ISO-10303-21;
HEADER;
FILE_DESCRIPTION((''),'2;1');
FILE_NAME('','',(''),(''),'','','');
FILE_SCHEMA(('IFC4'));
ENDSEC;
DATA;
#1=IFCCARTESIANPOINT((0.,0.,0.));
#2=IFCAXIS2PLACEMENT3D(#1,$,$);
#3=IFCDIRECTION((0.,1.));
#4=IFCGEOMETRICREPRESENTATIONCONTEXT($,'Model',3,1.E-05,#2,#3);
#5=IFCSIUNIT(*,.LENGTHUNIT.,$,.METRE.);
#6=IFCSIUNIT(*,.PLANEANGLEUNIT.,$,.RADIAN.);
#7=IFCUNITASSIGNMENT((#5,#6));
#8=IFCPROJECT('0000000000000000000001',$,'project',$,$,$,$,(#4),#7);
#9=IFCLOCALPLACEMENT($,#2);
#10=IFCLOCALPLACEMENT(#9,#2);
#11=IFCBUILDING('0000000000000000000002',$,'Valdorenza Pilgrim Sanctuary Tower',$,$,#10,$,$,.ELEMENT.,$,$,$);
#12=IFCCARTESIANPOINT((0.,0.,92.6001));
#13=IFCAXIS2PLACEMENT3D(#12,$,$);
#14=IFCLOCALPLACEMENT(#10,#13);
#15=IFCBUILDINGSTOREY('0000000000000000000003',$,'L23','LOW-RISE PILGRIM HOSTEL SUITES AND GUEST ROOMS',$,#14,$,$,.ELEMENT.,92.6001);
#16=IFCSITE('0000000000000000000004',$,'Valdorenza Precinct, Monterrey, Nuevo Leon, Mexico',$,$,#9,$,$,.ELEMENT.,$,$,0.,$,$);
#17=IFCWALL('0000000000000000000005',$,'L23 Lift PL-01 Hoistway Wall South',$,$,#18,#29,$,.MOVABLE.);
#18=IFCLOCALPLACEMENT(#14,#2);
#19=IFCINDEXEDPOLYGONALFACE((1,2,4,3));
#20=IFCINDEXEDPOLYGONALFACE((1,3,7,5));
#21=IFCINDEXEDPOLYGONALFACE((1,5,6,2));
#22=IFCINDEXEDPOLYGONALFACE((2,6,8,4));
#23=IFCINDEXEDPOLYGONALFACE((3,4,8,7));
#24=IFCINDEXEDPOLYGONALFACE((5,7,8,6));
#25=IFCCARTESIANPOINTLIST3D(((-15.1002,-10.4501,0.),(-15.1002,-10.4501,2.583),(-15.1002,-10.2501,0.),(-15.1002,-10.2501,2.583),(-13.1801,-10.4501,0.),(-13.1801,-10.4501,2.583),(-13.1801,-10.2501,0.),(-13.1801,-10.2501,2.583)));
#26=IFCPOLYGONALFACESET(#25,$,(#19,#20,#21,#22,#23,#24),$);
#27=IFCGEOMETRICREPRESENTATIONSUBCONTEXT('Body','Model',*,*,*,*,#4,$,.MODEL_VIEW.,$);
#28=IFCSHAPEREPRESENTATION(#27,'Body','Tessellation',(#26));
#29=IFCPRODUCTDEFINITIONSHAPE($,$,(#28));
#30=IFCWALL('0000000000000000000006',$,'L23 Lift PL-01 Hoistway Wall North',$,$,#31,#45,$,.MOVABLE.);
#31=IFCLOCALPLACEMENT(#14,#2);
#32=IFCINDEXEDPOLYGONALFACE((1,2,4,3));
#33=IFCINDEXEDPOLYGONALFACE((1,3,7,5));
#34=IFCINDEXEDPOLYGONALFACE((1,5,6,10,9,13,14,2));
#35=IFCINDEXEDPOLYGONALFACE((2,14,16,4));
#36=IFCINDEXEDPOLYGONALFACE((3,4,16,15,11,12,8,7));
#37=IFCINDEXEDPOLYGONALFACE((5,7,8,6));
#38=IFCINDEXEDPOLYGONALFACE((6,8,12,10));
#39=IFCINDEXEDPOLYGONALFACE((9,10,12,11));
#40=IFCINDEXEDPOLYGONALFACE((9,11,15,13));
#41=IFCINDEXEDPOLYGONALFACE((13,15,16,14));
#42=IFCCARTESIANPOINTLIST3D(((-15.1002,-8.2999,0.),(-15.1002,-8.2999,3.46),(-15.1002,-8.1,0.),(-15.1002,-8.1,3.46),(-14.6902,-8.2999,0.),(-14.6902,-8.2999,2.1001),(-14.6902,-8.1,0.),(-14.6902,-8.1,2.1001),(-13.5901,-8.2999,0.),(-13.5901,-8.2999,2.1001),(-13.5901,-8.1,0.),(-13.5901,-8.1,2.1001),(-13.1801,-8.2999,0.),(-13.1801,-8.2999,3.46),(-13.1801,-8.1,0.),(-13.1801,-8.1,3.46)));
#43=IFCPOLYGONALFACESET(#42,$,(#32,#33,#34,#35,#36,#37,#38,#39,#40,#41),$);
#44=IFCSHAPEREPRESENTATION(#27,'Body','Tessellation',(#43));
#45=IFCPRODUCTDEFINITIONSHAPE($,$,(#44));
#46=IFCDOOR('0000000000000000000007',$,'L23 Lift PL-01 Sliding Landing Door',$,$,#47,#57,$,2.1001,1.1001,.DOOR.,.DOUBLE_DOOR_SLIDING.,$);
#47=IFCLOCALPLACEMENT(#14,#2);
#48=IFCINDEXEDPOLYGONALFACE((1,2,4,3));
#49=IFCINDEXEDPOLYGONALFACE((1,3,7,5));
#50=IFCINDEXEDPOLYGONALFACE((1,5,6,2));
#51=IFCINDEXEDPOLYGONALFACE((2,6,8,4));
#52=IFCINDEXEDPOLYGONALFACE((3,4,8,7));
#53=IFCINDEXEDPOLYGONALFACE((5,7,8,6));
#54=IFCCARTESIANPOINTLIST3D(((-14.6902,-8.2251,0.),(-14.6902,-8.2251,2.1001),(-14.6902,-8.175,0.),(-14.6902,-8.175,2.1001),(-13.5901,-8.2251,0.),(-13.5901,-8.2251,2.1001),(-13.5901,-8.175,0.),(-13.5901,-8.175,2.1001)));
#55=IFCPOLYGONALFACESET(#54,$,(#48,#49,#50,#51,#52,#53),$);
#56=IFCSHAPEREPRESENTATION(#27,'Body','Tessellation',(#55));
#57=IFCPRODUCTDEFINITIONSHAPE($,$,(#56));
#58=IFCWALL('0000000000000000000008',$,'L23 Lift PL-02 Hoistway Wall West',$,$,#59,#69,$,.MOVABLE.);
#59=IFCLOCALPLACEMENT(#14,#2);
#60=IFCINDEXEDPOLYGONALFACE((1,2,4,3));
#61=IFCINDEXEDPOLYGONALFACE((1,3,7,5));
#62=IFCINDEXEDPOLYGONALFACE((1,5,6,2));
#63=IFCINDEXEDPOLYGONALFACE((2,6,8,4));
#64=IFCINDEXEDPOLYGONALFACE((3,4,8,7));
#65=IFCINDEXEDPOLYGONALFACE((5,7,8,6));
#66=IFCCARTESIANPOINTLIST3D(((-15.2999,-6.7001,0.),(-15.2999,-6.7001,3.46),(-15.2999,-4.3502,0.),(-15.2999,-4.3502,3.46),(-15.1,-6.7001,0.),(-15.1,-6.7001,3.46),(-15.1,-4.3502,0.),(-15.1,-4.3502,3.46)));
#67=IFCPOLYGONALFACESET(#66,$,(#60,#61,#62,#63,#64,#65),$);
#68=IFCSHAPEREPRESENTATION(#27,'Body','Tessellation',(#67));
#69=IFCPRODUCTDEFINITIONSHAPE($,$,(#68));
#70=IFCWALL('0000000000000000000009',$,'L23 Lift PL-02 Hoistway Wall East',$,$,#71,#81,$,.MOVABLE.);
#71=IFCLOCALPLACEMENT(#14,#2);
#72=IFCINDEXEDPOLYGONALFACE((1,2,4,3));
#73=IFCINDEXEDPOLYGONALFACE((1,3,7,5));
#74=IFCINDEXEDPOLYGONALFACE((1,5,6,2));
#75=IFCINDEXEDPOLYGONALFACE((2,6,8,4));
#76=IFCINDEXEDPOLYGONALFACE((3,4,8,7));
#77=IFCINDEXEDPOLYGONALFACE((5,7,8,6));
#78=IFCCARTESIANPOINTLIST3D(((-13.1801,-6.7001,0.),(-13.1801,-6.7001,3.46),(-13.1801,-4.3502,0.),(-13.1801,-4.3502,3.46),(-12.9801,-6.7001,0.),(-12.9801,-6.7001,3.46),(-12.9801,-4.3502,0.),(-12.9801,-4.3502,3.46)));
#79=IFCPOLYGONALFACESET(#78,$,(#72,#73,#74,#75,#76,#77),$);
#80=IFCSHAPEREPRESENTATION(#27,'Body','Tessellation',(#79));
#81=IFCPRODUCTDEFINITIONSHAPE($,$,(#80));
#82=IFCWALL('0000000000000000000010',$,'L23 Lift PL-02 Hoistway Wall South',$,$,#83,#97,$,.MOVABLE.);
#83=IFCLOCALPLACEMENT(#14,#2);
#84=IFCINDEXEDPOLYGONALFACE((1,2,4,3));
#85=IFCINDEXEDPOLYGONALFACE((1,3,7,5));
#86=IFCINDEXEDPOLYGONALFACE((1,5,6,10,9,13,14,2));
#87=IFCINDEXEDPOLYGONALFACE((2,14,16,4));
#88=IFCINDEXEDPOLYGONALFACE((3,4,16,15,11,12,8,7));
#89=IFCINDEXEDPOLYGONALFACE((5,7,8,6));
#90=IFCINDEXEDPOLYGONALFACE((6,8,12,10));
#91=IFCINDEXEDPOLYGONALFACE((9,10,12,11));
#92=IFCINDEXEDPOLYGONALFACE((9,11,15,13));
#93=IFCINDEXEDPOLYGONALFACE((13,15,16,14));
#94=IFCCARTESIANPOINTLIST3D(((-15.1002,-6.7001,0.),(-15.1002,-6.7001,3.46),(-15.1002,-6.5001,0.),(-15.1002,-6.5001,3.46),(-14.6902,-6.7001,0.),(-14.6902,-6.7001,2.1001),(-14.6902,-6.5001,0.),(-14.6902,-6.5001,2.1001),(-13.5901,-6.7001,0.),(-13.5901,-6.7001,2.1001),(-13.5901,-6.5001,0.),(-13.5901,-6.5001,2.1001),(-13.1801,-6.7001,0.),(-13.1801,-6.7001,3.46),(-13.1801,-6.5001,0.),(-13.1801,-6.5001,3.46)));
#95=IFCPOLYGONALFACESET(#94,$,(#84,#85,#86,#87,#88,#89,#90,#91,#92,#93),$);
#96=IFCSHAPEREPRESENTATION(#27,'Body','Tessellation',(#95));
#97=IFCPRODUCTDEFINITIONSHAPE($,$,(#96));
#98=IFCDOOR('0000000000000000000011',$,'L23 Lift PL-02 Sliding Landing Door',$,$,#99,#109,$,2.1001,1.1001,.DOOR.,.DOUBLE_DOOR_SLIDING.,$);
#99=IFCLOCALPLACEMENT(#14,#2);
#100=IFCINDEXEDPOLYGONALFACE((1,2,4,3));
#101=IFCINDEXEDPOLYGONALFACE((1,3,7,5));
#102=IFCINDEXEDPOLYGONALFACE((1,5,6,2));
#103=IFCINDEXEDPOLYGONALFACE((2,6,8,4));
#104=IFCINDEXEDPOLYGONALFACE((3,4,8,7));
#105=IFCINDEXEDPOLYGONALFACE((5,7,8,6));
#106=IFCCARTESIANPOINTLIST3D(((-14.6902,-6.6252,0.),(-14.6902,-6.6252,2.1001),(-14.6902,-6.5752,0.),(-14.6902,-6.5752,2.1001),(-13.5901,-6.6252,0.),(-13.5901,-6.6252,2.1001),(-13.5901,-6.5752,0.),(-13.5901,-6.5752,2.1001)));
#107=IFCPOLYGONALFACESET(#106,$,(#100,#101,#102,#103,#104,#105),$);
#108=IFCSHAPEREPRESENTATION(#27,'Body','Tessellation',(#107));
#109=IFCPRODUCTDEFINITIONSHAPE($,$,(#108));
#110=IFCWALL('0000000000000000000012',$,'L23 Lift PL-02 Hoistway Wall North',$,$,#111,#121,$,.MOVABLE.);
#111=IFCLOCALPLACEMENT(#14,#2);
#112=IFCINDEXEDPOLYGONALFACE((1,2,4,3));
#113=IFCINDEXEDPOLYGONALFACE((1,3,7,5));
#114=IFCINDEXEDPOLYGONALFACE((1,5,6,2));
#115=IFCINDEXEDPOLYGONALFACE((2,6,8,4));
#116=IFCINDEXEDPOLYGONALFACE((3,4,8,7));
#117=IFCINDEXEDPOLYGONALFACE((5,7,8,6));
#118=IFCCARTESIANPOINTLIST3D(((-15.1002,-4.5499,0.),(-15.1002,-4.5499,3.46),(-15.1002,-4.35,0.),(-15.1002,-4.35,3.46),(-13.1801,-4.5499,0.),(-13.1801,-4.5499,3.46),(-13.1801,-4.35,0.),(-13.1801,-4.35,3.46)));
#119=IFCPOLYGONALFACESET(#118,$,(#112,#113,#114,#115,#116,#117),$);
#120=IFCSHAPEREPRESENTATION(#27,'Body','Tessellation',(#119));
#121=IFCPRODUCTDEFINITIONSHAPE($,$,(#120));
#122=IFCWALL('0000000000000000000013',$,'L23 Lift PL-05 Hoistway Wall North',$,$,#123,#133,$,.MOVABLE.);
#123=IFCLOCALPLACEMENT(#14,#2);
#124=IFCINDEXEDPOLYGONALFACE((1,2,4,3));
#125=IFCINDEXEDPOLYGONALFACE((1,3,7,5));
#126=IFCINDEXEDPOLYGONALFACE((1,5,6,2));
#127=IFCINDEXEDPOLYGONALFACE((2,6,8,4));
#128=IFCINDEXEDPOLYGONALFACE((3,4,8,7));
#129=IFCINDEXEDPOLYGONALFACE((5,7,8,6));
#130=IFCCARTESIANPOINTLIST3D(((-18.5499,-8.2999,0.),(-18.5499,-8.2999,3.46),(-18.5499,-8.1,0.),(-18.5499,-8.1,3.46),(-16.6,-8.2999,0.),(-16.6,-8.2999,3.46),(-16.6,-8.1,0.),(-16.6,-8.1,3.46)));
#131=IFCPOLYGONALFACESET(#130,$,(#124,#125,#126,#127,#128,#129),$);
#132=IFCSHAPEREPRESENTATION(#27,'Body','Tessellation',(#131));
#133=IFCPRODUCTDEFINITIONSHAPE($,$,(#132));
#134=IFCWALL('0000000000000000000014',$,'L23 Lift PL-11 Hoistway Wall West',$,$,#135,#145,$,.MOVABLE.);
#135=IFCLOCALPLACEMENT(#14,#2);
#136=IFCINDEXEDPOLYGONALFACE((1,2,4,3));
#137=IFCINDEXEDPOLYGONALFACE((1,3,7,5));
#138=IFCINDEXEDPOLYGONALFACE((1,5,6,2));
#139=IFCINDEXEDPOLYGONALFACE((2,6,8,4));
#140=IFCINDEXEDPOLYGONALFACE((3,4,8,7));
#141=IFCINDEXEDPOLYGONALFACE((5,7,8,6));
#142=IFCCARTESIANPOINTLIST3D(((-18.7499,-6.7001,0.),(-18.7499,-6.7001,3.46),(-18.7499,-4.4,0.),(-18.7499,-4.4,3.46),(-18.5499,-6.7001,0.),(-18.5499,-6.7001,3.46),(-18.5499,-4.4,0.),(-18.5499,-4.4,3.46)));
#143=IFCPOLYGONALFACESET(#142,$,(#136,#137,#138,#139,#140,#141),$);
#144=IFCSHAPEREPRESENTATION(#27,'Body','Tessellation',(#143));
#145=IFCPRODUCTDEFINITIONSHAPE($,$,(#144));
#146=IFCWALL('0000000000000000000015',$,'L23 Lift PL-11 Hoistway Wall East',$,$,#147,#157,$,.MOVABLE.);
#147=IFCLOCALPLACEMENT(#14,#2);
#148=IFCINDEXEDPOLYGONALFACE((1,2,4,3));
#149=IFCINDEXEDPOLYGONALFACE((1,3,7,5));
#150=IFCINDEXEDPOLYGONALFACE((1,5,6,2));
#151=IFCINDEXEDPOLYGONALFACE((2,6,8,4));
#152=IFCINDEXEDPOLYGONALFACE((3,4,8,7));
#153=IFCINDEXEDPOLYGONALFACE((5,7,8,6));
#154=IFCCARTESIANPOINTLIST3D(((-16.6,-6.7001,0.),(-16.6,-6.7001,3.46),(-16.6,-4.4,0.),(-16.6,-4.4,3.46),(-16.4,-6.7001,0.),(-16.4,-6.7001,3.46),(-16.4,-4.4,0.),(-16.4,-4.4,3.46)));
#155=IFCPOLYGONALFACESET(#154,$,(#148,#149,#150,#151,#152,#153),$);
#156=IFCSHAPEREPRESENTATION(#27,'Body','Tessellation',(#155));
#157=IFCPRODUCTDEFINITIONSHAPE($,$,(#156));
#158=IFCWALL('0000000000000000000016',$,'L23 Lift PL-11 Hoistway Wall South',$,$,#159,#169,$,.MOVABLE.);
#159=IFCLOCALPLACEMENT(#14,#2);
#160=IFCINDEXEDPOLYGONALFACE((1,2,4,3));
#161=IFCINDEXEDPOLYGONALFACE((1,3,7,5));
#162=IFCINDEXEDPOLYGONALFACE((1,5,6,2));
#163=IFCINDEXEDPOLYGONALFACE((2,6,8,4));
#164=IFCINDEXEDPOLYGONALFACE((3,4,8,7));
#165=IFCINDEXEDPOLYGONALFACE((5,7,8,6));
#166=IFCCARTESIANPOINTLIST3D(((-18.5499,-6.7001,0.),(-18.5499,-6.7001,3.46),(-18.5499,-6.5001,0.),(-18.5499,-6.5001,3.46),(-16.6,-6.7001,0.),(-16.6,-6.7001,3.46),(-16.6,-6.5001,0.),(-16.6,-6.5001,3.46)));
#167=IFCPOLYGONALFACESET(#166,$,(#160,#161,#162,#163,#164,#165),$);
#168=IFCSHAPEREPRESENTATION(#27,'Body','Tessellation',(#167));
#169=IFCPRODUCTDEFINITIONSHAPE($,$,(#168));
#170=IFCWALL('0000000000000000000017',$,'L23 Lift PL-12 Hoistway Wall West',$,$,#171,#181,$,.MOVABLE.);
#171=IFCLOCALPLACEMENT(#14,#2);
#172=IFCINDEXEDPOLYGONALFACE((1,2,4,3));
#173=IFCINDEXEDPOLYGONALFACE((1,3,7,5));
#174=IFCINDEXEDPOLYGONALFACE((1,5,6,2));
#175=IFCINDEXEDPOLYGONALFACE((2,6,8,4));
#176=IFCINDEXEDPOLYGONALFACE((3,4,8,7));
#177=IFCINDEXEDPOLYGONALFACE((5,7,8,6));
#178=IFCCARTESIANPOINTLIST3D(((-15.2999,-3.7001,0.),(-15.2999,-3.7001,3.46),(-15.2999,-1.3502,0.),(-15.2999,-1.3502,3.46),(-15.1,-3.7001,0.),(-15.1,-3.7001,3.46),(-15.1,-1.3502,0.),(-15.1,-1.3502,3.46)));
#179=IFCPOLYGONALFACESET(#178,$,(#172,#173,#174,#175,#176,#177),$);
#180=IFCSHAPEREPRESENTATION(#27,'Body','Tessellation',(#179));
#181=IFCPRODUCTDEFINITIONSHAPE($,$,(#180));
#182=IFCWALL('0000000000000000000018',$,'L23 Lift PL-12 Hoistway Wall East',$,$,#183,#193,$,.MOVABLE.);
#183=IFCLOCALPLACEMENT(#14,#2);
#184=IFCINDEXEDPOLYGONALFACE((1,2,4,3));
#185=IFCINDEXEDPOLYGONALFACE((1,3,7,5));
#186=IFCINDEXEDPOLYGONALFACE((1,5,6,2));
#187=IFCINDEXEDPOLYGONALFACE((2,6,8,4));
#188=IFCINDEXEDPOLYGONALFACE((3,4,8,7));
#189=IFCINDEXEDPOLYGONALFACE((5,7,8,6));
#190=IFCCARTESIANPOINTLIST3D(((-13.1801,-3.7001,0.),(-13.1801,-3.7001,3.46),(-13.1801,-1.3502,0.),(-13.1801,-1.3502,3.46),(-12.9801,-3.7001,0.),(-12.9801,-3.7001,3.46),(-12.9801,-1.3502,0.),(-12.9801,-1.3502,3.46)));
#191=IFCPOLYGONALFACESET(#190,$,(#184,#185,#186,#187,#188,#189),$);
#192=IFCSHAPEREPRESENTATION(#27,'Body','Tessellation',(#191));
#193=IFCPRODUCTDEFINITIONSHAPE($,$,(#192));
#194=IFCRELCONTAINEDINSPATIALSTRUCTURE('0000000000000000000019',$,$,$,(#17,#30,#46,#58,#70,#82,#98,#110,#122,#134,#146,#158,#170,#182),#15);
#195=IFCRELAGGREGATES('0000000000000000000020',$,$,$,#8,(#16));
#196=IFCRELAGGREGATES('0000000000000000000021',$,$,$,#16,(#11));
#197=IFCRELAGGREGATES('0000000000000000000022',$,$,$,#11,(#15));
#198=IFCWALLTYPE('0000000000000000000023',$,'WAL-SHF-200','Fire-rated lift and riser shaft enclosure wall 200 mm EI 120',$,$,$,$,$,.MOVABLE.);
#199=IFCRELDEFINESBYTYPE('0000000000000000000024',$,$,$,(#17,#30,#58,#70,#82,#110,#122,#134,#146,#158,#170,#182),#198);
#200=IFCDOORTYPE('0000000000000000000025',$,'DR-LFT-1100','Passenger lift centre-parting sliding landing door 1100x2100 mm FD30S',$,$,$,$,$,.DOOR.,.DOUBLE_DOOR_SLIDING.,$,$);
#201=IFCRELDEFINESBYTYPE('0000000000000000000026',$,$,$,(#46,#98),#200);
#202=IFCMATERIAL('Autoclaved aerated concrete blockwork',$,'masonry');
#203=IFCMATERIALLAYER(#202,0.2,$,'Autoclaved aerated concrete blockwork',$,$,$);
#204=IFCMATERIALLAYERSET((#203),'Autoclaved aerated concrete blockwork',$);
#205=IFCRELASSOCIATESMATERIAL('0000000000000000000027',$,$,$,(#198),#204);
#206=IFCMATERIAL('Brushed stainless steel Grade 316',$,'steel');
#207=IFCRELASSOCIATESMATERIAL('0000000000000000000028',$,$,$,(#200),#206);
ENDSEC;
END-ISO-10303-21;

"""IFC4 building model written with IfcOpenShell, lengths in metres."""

from ifc_helpers import new_model, si_unit, direction, frame, frame_2d, origin, place, context, subcontext, project, spatial, rectangle, extrude, material, layer, layer_set, type_object, element, fill, save


model = new_model("IFC4")

# Units and contexts
model_context = context("Model", 3, precision=1e-05, world=origin(), true_north=direction((0.0, 1.0)))
body_context = subcontext(model_context, "Body", "Model", "MODEL_VIEW")
ifc_project = project(units=[si_unit("LENGTHUNIT", "METRE"), si_unit("PLANEANGLEUNIT", "RADIAN")], contexts=[model_context])

# Site, building, storey
site_placement = place(None, origin())
site = spatial("IfcSite", under=ifc_project, at=site_placement, Name="Valdorenza Precinct, Monterrey, Nuevo Leon, Mexico", CompositionType="ELEMENT", RefElevation=0.0)
building_placement = place(site_placement, origin())
building = spatial("IfcBuilding", under=site, at=building_placement, Name="Valdorenza Pilgrim Sanctuary Tower", CompositionType="ELEMENT")
storey_placement = place(building_placement, frame((0.0, 0.0, 92.6001)))
storey = spatial("IfcBuildingStorey", under=building, at=storey_placement, Name="L23", Description="LOW-RISE PILGRIM HOSTEL SUITES AND GUEST ROOMS", CompositionType="ELEMENT", Elevation=92.6001)

# Wall
ifc_material_1 = material(Name="Autoclaved aerated concrete blockwork", Category="masonry")
ifc_layer_1 = layer(ifc_material_1, 0.2, Name="Autoclaved aerated concrete blockwork")
ifc_layer_set_1 = layer_set([ifc_layer_1], Name="Autoclaved aerated concrete blockwork")
wall_type_1 = type_object("IfcWallType", Name="WAL-SHF-200", Description="Fire-rated lift and riser shaft enclosure wall 200 mm EI 120", PredefinedType="MOVABLE", material=ifc_layer_set_1)
wall_1_placement = place(storey_placement, frame((-15.1001, -10.3501, 0.0), z_axis=(0.0, 0.0, 1.0), x_axis=(1.0, 0.0, 0.0)))
element("IfcWall", 1, at=wall_1_placement, inside=storey, type_object=wall_type_1, Name="L23 Lift PL-01 Hoistway Wall South", PredefinedType="MOVABLE", context=body_context, shape_type="SweptSolid", body=[
    extrude(rectangle(XDim=1.9202, YDim=0.2, at=frame_2d((0.96, 0.0))), origin(), (0.0, 0.0, 1.0), 2.583),
])

# Wall, opening, door
wall_2_placement = place(storey_placement, frame((-15.1001, -8.2, 0.0), z_axis=(0.0, 0.0, 1.0), x_axis=(1.0, 0.0, 0.0)))
wall_2 = element("IfcWall", 2, at=wall_2_placement, inside=storey, type_object=wall_type_1, Name="L23 Lift PL-01 Hoistway Wall North", PredefinedType="MOVABLE", context=body_context, shape_type="SweptSolid", body=[
    extrude(rectangle(XDim=1.9202, YDim=0.2, at=frame_2d((0.96, 0.0))), origin(), (0.0, 0.0, 1.0), 3.46),
])
opening_1_placement = place(wall_2_placement, frame((0.4099, 0.0, 0.0)))
opening_1 = element("IfcOpeningElement", 3, at=opening_1_placement, cuts=wall_2, PredefinedType="OPENING", context=body_context, shape_type="SweptSolid", body=[
    extrude(rectangle(XDim=1.1001, YDim=2.1001, at=frame_2d((0.55, 1.05))), frame((0.0, 0.1147, 0.0), z_axis=(0.0, -1.0, 0.0), x_axis=(1.0, 0.0, 0.0)), (0.0, 0.0, 1.0), 0.2297),
])
ifc_material_2 = material(Name="Brushed stainless steel Grade 316", Category="steel")
door_type_1 = type_object("IfcDoorType", Name="DR-LFT-1100", Description="Passenger lift centre-parting sliding landing door 1100x2100 mm FD30S", OperationType="DOUBLE_DOOR_SLIDING", PredefinedType="DOOR", material=ifc_material_2)
door_1_placement = place(opening_1_placement, origin())
door_1 = element("IfcDoor", 4, at=door_1_placement, inside=storey, type_object=door_type_1, Name="L23 Lift PL-01 Sliding Landing Door", OperationType="DOUBLE_DOOR_SLIDING", OverallHeight=2.1001, OverallWidth=1.1001, PredefinedType="DOOR", context=body_context, shape_type="SweptSolid", body=[
    extrude(rectangle(XDim=1.1001, YDim=2.1001, at=frame_2d((0.55, 1.05))), frame((0.0, 0.0249, 0.0), z_axis=(0.0, -1.0, 0.0), x_axis=(1.0, 0.0, 0.0)), (0.0, 0.0, 1.0), 0.05),
])
fill(opening_1, door_1)

# Walls
for number, where, z_axis, x_axis, name in (
    (5, (-15.2, -6.7, 0.0), (0.0, 0.0, 1.0), (0.0, 1.0, 0.0), "L23 Lift PL-02 Hoistway Wall West"),
    (6, (-13.0801, -6.7, 0.0), (0.0, 0.0, 1.0), (0.0, 1.0, 0.0), "L23 Lift PL-02 Hoistway Wall East"),
):
    element("IfcWall", number, at=place(storey_placement, frame(where, z_axis=z_axis, x_axis=x_axis)), inside=storey, type_object=wall_type_1, Name=name, PredefinedType="MOVABLE", context=body_context, shape_type="SweptSolid", body=[
        extrude(rectangle(XDim=2.3499, YDim=0.2, at=frame_2d((1.1748, 0.0))), origin(), (0.0, 0.0, 1.0), 3.46),
    ])

# Wall, opening, door
wall_3_placement = place(storey_placement, frame((-15.1001, -6.6001, 0.0), z_axis=(0.0, 0.0, 1.0), x_axis=(1.0, 0.0, 0.0)))
wall_3 = element("IfcWall", 7, at=wall_3_placement, inside=storey, type_object=wall_type_1, Name="L23 Lift PL-02 Hoistway Wall South", PredefinedType="MOVABLE", context=body_context, shape_type="SweptSolid", body=[
    extrude(rectangle(XDim=1.9202, YDim=0.2, at=frame_2d((0.96, 0.0))), origin(), (0.0, 0.0, 1.0), 3.46),
])
opening_2_placement = place(wall_3_placement, frame((0.4099, 0.0, 0.0)))
opening_2 = element("IfcOpeningElement", 8, at=opening_2_placement, cuts=wall_3, PredefinedType="OPENING", context=body_context, shape_type="SweptSolid", body=[
    extrude(rectangle(XDim=1.1001, YDim=2.1001, at=frame_2d((0.55, 1.05))), frame((0.0, 0.1147, 0.0), z_axis=(0.0, -1.0, 0.0), x_axis=(1.0, 0.0, 0.0)), (0.0, 0.0, 1.0), 0.2297),
])
door_2_placement = place(opening_2_placement, origin())
door_2 = element("IfcDoor", 9, at=door_2_placement, inside=storey, type_object=door_type_1, Name="L23 Lift PL-02 Sliding Landing Door", OperationType="DOUBLE_DOOR_SLIDING", OverallHeight=2.1001, OverallWidth=1.1001, PredefinedType="DOOR", context=body_context, shape_type="SweptSolid", body=[
    extrude(rectangle(XDim=1.1001, YDim=2.1001, at=frame_2d((0.55, 1.05))), frame((0.0, 0.0249, 0.0), z_axis=(0.0, -1.0, 0.0), x_axis=(1.0, 0.0, 0.0)), (0.0, 0.0, 1.0), 0.05),
])
fill(opening_2, door_2)

# Walls
wall_4_placement = place(storey_placement, frame((-15.1001, -4.45, 0.0), z_axis=(0.0, 0.0, 1.0), x_axis=(1.0, 0.0, 0.0)))
element("IfcWall", 10, at=wall_4_placement, inside=storey, type_object=wall_type_1, Name="L23 Lift PL-02 Hoistway Wall North", PredefinedType="MOVABLE", context=body_context, shape_type="SweptSolid", body=[
    extrude(rectangle(XDim=1.9202, YDim=0.2, at=frame_2d((0.96, 0.0))), origin(), (0.0, 0.0, 1.0), 3.46),
])
wall_5_placement = place(storey_placement, frame((-18.55, -8.2, 0.0), z_axis=(0.0, 0.0, 1.0), x_axis=(1.0, 0.0, 0.0)))
element("IfcWall", 11, at=wall_5_placement, inside=storey, type_object=wall_type_1, Name="L23 Lift PL-05 Hoistway Wall North", PredefinedType="MOVABLE", context=body_context, shape_type="SweptSolid", body=[
    extrude(rectangle(XDim=1.95, YDim=0.2, at=frame_2d((0.9751, 0.0))), origin(), (0.0, 0.0, 1.0), 3.46),
])
for number, where, z_axis, x_axis, name in (
    (12, (-18.6499, -6.7, 0.0), (0.0, 0.0, 1.0), (0.0, 1.0, 0.0), "L23 Lift PL-11 Hoistway Wall West"),
    (13, (-16.5, -6.7, 0.0), (0.0, 0.0, 1.0), (0.0, 1.0, 0.0), "L23 Lift PL-11 Hoistway Wall East"),
):
    element("IfcWall", number, at=place(storey_placement, frame(where, z_axis=z_axis, x_axis=x_axis)), inside=storey, type_object=wall_type_1, Name=name, PredefinedType="MOVABLE", context=body_context, shape_type="SweptSolid", body=[
        extrude(rectangle(XDim=2.3, YDim=0.2, at=frame_2d((1.1499, 0.0))), origin(), (0.0, 0.0, 1.0), 3.46),
    ])
wall_6_placement = place(storey_placement, frame((-18.55, -6.6001, 0.0), z_axis=(0.0, 0.0, 1.0), x_axis=(1.0, 0.0, 0.0)))
element("IfcWall", 14, at=wall_6_placement, inside=storey, type_object=wall_type_1, Name="L23 Lift PL-11 Hoistway Wall South", PredefinedType="MOVABLE", context=body_context, shape_type="SweptSolid", body=[
    extrude(rectangle(XDim=1.95, YDim=0.2, at=frame_2d((0.9751, 0.0))), origin(), (0.0, 0.0, 1.0), 3.46),
])
for number, where, z_axis, x_axis, name in (
    (15, (-15.2, -3.7, 0.0), (0.0, 0.0, 1.0), (0.0, 1.0, 0.0), "L23 Lift PL-12 Hoistway Wall West"),
    (16, (-13.0801, -3.7, 0.0), (0.0, 0.0, 1.0), (0.0, 1.0, 0.0), "L23 Lift PL-12 Hoistway Wall East"),
):
    element("IfcWall", number, at=place(storey_placement, frame(where, z_axis=z_axis, x_axis=x_axis)), inside=storey, type_object=wall_type_1, Name=name, PredefinedType="MOVABLE", context=body_context, shape_type="SweptSolid", body=[
        extrude(rectangle(XDim=2.3499, YDim=0.2, at=frame_2d((1.1748, 0.0))), origin(), (0.0, 0.0, 1.0), 3.46),
    ])

save(model, "model.ifc")
